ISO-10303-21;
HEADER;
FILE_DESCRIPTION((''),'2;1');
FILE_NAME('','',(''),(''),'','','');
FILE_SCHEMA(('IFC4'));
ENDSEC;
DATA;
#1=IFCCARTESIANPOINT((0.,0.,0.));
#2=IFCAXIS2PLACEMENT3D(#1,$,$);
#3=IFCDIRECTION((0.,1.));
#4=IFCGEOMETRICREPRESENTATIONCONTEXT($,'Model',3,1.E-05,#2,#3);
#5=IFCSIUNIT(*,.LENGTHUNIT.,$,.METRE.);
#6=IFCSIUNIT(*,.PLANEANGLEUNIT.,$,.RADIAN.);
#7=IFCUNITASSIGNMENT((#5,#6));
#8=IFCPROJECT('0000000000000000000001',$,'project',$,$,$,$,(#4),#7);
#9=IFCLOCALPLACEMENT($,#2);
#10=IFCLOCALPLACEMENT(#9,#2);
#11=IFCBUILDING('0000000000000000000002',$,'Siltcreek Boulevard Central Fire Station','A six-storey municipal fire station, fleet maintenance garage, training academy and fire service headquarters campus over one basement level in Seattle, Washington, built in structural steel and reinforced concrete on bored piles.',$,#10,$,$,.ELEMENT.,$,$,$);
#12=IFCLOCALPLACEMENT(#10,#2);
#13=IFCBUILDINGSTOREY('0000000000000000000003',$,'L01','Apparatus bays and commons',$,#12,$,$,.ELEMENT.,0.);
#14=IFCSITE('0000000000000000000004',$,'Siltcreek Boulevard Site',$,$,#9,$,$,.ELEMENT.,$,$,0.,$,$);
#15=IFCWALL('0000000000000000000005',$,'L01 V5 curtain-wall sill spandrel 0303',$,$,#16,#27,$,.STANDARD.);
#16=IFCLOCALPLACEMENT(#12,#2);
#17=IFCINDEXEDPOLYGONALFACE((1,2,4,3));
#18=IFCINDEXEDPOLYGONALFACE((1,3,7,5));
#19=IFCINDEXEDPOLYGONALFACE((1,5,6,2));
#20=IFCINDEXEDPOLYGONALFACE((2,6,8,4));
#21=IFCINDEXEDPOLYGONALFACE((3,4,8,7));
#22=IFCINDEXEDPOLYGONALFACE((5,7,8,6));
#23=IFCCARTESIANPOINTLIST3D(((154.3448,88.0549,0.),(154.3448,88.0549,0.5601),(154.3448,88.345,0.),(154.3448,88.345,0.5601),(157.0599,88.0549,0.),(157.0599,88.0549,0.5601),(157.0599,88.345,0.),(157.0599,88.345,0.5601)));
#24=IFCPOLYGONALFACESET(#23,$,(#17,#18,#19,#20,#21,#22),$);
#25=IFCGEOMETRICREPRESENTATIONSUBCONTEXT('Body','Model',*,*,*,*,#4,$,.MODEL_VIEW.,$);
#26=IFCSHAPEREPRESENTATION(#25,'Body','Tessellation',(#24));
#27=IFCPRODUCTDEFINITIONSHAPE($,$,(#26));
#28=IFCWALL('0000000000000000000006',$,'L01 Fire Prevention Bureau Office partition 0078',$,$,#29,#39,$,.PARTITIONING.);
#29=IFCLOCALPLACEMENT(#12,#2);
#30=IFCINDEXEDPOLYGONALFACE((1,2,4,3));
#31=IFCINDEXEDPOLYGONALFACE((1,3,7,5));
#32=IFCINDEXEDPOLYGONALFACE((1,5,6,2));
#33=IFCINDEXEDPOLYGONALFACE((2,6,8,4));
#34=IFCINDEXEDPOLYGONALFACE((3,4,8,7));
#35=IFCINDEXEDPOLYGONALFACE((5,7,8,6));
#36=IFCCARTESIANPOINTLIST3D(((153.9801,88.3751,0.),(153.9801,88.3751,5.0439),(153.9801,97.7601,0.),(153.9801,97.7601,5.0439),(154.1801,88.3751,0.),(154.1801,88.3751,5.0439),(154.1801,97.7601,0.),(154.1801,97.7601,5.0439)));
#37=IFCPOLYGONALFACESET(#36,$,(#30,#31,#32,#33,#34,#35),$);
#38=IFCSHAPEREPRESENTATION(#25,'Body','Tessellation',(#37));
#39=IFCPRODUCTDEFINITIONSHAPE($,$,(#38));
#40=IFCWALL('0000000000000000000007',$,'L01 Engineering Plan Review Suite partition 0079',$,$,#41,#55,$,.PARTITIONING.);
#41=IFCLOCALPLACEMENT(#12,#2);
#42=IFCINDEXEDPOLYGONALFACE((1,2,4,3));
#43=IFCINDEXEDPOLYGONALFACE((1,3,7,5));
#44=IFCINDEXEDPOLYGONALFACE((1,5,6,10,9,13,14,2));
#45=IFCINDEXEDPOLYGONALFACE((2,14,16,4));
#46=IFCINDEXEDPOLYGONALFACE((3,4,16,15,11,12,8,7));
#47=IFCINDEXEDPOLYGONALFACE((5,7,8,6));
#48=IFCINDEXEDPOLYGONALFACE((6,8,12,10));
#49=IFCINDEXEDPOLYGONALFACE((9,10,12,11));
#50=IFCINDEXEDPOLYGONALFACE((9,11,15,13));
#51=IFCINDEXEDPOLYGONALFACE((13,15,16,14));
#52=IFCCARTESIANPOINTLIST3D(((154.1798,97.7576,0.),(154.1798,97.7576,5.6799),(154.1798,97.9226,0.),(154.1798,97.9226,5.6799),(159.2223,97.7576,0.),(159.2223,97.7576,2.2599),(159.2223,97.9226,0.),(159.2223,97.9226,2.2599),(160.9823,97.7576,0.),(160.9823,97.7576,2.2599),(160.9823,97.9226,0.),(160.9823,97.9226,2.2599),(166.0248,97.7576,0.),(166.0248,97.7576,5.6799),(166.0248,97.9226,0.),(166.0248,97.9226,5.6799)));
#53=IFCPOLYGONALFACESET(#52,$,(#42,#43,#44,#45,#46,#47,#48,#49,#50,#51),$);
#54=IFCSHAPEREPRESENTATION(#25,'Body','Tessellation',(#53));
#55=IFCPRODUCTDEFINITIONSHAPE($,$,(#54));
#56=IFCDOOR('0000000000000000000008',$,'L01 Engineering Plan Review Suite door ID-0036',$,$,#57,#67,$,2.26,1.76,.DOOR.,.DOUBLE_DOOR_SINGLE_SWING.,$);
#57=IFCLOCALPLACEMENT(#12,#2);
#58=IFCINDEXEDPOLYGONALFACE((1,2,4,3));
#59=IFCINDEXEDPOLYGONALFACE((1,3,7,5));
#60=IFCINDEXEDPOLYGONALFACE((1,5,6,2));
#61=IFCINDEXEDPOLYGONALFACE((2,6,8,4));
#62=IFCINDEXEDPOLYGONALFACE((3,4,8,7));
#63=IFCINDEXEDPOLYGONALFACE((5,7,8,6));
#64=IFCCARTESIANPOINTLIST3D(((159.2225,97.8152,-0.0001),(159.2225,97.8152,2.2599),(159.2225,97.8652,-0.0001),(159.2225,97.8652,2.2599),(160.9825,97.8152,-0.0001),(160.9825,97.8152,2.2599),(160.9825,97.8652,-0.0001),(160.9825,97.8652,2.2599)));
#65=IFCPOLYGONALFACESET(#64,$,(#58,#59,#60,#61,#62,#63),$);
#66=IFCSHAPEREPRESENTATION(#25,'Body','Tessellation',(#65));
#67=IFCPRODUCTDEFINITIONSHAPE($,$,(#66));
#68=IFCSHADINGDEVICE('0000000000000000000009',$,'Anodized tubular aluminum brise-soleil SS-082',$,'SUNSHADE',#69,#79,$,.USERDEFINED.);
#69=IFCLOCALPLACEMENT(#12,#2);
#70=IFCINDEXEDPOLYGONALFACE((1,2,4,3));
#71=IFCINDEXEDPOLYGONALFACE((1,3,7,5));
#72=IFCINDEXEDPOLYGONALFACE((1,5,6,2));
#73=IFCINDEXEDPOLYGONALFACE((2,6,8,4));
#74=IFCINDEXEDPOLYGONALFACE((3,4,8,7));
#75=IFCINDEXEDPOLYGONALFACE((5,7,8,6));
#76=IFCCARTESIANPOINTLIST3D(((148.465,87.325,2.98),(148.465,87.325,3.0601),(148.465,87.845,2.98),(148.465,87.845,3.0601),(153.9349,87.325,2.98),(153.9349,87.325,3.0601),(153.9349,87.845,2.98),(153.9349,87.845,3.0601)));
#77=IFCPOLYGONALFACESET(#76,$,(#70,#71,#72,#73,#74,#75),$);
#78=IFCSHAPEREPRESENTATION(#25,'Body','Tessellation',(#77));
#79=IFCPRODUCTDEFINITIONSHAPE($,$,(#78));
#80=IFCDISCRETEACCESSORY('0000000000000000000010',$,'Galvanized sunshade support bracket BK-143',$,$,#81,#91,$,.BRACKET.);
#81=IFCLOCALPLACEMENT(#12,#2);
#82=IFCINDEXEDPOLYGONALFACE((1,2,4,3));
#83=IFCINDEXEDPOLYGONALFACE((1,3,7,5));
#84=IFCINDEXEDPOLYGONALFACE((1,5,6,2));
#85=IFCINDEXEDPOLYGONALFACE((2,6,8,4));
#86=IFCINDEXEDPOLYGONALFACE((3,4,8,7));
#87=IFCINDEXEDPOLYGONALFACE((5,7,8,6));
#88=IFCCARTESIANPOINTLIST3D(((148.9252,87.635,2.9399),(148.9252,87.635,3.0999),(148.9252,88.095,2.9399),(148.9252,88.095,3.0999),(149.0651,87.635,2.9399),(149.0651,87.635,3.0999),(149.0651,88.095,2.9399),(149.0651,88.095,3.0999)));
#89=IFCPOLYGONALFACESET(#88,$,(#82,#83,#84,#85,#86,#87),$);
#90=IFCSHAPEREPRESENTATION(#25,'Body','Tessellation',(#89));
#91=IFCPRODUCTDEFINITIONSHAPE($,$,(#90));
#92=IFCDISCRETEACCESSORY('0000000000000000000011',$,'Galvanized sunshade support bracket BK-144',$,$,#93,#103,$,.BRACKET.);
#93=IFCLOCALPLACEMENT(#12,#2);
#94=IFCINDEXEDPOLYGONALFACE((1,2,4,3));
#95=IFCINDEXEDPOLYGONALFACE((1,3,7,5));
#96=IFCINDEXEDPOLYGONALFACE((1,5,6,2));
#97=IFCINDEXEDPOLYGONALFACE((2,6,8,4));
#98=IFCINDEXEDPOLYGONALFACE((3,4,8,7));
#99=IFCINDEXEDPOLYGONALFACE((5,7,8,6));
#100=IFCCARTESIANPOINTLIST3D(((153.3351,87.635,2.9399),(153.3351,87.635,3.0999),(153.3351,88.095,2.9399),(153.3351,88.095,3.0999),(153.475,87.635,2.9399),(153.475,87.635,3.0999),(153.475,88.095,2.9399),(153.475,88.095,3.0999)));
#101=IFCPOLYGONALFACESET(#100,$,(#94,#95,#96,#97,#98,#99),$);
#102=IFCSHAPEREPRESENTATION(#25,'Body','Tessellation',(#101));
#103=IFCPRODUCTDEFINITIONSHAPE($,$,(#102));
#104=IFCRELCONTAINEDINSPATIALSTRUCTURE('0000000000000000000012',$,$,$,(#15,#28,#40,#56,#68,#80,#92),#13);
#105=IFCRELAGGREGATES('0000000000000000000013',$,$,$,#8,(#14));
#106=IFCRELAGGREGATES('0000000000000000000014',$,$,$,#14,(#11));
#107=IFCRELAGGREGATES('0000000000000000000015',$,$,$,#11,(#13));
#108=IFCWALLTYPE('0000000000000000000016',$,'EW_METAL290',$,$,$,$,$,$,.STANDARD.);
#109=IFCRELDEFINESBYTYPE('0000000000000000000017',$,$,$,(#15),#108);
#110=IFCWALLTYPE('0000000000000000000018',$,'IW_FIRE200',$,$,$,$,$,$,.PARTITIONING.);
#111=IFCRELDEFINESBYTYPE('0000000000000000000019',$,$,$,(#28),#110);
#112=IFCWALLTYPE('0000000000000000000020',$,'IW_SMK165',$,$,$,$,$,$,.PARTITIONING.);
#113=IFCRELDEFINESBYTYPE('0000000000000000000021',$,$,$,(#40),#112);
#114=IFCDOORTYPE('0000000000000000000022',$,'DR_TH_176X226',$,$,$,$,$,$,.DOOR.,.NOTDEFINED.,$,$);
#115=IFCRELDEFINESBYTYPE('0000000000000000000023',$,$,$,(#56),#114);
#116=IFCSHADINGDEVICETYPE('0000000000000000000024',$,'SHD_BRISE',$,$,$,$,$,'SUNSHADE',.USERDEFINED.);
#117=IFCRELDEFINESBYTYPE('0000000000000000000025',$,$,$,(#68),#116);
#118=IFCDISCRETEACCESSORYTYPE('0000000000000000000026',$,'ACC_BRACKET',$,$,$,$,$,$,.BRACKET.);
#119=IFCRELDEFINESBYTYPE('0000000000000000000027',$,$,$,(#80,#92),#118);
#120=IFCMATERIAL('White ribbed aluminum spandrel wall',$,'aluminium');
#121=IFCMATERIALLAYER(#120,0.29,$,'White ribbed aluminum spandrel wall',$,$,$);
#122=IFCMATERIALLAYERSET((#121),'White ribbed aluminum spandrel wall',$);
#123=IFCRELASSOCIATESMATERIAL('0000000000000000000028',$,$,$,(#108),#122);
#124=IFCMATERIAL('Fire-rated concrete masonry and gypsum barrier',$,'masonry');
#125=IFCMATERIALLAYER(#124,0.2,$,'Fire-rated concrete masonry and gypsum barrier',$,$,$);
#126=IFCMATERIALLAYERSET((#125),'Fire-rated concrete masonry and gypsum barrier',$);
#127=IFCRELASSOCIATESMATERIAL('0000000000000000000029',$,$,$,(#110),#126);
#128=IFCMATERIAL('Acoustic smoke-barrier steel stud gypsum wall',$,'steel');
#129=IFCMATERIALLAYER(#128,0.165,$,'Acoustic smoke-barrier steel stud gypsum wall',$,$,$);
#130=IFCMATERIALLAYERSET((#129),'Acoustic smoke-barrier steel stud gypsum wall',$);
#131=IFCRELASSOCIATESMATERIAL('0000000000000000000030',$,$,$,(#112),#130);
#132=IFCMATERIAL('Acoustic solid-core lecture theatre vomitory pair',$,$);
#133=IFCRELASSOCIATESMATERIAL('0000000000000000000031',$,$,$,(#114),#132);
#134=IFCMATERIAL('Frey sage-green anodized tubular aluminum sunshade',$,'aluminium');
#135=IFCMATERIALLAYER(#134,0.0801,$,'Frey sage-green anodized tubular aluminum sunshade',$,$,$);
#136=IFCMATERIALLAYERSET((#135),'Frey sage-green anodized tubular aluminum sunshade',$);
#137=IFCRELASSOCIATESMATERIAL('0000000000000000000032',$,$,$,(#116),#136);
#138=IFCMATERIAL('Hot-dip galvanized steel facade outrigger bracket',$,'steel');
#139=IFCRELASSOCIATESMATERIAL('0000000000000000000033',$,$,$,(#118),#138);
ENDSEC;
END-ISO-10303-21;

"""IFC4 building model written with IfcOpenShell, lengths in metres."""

from ifc_helpers import new_model, si_unit, direction, frame, frame_2d, origin, origin_2d, place, context, subcontext, project, spatial, rectangle, extrude, material, layer, layer_set, type_object, element, fill, save


model = new_model("IFC4")

# Units and contexts
model_context = context("Model", 3, precision=1e-05, world=origin(), true_north=direction((0.0, 1.0)))
body_context = subcontext(model_context, "Body", "Model", "MODEL_VIEW")
ifc_project = project(units=[si_unit("LENGTHUNIT", "METRE"), si_unit("PLANEANGLEUNIT", "RADIAN")], contexts=[model_context])

# Site, building, storey
site_placement = place(None, origin())
site = spatial("IfcSite", under=ifc_project, at=site_placement, Name="Siltcreek Boulevard Site", CompositionType="ELEMENT", RefElevation=0.0)
building_placement = place(site_placement, origin())
building = spatial("IfcBuilding", under=site, at=building_placement, Name="Siltcreek Boulevard Central Fire Station", Description="A six-storey municipal fire station, fleet maintenance garage, training academy and fire service headquarters campus over one basement level in Seattle, Washington, built in structural steel and reinforced concrete on bored piles.", CompositionType="ELEMENT")
storey_placement = place(building_placement, origin())
storey = spatial("IfcBuildingStorey", under=building, at=storey_placement, Name="L01", Description="Apparatus bays and commons", CompositionType="ELEMENT", Elevation=0.0)

# Walls
ifc_material_1 = material(Name="White ribbed aluminum spandrel wall", Category="aluminium")
ifc_layer_1 = layer(ifc_material_1, 0.29, Name="White ribbed aluminum spandrel wall")
ifc_layer_set_1 = layer_set([ifc_layer_1], Name="White ribbed aluminum spandrel wall")
wall_type_1 = type_object("IfcWallType", Name="EW_METAL290", PredefinedType="STANDARD", material=ifc_layer_set_1)
wall_1_placement = place(storey_placement, frame((154.345, 88.2, 0.0), z_axis=(0.0, 0.0, 1.0), x_axis=(1.0, 0.0, 0.0)))
element("IfcWall", 1, at=wall_1_placement, inside=storey, type_object=wall_type_1, Name="L01 V5 curtain-wall sill spandrel 0303", PredefinedType="STANDARD", context=body_context, shape_type="SweptSolid", body=[
    extrude(rectangle(XDim=2.7151, YDim=0.29, at=frame_2d((1.3574, 0.0))), origin(), (0.0, 0.0, 1.0), 0.5601),
])
ifc_material_2 = material(Name="Fire-rated concrete masonry and gypsum barrier", Category="masonry")
ifc_layer_2 = layer(ifc_material_2, 0.2, Name="Fire-rated concrete masonry and gypsum barrier")
ifc_layer_set_2 = layer_set([ifc_layer_2], Name="Fire-rated concrete masonry and gypsum barrier")
wall_type_2 = type_object("IfcWallType", Name="IW_FIRE200", PredefinedType="PARTITIONING", material=ifc_layer_set_2)
wall_2_placement = place(storey_placement, frame((154.0801, 97.76, 0.0), z_axis=(0.0, 0.0, 1.0), x_axis=(0.0, -1.0, 0.0)))
element("IfcWall", 2, at=wall_2_placement, inside=storey, type_object=wall_type_2, Name="L01 Fire Prevention Bureau Office partition 0078", PredefinedType="PARTITIONING", context=body_context, shape_type="SweptSolid", body=[
    extrude(rectangle(XDim=9.385, YDim=0.2, at=frame_2d((4.6924, 0.0))), origin(), (0.0, 0.0, 1.0), 5.0439),
])

# Wall, opening, door
ifc_material_3 = material(Name="Acoustic smoke-barrier steel stud gypsum wall", Category="steel")
ifc_layer_3 = layer(ifc_material_3, 0.165, Name="Acoustic smoke-barrier steel stud gypsum wall")
ifc_layer_set_3 = layer_set([ifc_layer_3], Name="Acoustic smoke-barrier steel stud gypsum wall")
wall_type_3 = type_object("IfcWallType", Name="IW_SMK165", PredefinedType="PARTITIONING", material=ifc_layer_set_3)
wall_3_placement = place(storey_placement, frame((154.1799, 97.8401, 0.0), z_axis=(0.0, 0.0, 1.0), x_axis=(1.0, 0.0, 0.0)))
wall_3 = element("IfcWall", 3, at=wall_3_placement, inside=storey, type_object=wall_type_3, Name="L01 Engineering Plan Review Suite partition 0079", PredefinedType="PARTITIONING", context=body_context, shape_type="SweptSolid", body=[
    extrude(rectangle(XDim=11.845, YDim=0.165, at=frame_2d((5.9224, 0.0))), origin(), (0.0, 0.0, 1.0), 5.6799),
])
opening_1_placement = place(wall_3_placement, frame((5.0425, 0.0, 0.0)))
opening_1 = element("IfcOpeningElement", 4, at=opening_1_placement, cuts=wall_3, PredefinedType="OPENING", context=body_context, shape_type="SweptSolid", body=[
    extrude(rectangle(XDim=1.76, YDim=2.26, at=frame_2d((0.8799, 1.1299))), frame((0.0, 0.0925, 0.0), z_axis=(0.0, -1.0, 0.0), x_axis=(1.0, 0.0, 0.0)), (0.0, 0.0, 1.0), 0.1851),
])
ifc_material_4 = material(Name="Acoustic solid-core lecture theatre vomitory pair")
door_type = type_object("IfcDoorType", Name="DR_TH_176X226", OperationType="NOTDEFINED", PredefinedType="DOOR", material=ifc_material_4)
door_placement = place(opening_1_placement, frame((1.76, 0.0, 0.0), z_axis=(0.0, 0.0, 1.0), x_axis=(-1.0, 0.0, 0.0)))
door = element("IfcDoor", 5, at=door_placement, inside=storey, type_object=door_type, Name="L01 Engineering Plan Review Suite door ID-0036", OperationType="DOUBLE_DOOR_SINGLE_SWING", OverallHeight=2.26, OverallWidth=1.76, PredefinedType="DOOR", context=body_context, shape_type="SweptSolid", body=[
    extrude(rectangle(XDim=1.76, YDim=2.26, at=frame_2d((0.8799, 1.1299))), frame((0.0, 0.0249, 0.0), z_axis=(0.0, -1.0, 0.0), x_axis=(1.0, 0.0, 0.0)), (0.0, 0.0, 1.0), 0.05),
])
fill(opening_1, door)

# Shading device
ifc_material_5 = material(Name="Frey sage-green anodized tubular aluminum sunshade", Category="aluminium")
ifc_layer_4 = layer(ifc_material_5, 0.0801, Name="Frey sage-green anodized tubular aluminum sunshade")
ifc_layer_set_4 = layer_set([ifc_layer_4], Name="Frey sage-green anodized tubular aluminum sunshade")
shading_device_type = type_object("IfcShadingDeviceType", Name="SHD_BRISE", ElementType="SUNSHADE", PredefinedType="USERDEFINED", material=ifc_layer_set_4)
shading_device_placement = place(storey_placement, frame((151.2, 87.585, 2.98), z_axis=(0.0, 0.0, 1.0), x_axis=(1.0, 0.0, 0.0)))
element("IfcShadingDevice", 6, at=shading_device_placement, inside=storey, type_object=shading_device_type, Name="Anodized tubular aluminum brise-soleil SS-082", ObjectType="SUNSHADE", PredefinedType="USERDEFINED", context=body_context, shape_type="SweptSolid", body=[
    extrude(rectangle(XDim=5.47, YDim=0.52, at=origin_2d()), origin(), (0.0, 0.0, 1.0), 0.0801),
])

# Discrete accessories
ifc_material_6 = material(Name="Hot-dip galvanized steel facade outrigger bracket", Category="steel")
discrete_accessory_type = type_object("IfcDiscreteAccessoryType", Name="ACC_BRACKET", PredefinedType="BRACKET", material=ifc_material_6)
for number, where, z_axis, x_axis, name in (
    (7, (148.9951, 87.865, 2.9399), (0.0, 0.0, 1.0), (1.0, 0.0, 0.0), "Galvanized sunshade support bracket BK-143"),
    (8, (153.405, 87.865, 2.9399), (0.0, 0.0, 1.0), (1.0, 0.0, 0.0), "Galvanized sunshade support bracket BK-144"),
):
    element("IfcDiscreteAccessory", number, at=place(storey_placement, frame(where, z_axis=z_axis, x_axis=x_axis)), inside=storey, type_object=discrete_accessory_type, Name=name, PredefinedType="BRACKET", context=body_context, shape_type="SweptSolid", body=[
        extrude(rectangle(XDim=0.1399, YDim=0.46, at=origin_2d()), origin(), (0.0, 0.0, 1.0), 0.1599),
    ])

save(model, "model.ifc")
